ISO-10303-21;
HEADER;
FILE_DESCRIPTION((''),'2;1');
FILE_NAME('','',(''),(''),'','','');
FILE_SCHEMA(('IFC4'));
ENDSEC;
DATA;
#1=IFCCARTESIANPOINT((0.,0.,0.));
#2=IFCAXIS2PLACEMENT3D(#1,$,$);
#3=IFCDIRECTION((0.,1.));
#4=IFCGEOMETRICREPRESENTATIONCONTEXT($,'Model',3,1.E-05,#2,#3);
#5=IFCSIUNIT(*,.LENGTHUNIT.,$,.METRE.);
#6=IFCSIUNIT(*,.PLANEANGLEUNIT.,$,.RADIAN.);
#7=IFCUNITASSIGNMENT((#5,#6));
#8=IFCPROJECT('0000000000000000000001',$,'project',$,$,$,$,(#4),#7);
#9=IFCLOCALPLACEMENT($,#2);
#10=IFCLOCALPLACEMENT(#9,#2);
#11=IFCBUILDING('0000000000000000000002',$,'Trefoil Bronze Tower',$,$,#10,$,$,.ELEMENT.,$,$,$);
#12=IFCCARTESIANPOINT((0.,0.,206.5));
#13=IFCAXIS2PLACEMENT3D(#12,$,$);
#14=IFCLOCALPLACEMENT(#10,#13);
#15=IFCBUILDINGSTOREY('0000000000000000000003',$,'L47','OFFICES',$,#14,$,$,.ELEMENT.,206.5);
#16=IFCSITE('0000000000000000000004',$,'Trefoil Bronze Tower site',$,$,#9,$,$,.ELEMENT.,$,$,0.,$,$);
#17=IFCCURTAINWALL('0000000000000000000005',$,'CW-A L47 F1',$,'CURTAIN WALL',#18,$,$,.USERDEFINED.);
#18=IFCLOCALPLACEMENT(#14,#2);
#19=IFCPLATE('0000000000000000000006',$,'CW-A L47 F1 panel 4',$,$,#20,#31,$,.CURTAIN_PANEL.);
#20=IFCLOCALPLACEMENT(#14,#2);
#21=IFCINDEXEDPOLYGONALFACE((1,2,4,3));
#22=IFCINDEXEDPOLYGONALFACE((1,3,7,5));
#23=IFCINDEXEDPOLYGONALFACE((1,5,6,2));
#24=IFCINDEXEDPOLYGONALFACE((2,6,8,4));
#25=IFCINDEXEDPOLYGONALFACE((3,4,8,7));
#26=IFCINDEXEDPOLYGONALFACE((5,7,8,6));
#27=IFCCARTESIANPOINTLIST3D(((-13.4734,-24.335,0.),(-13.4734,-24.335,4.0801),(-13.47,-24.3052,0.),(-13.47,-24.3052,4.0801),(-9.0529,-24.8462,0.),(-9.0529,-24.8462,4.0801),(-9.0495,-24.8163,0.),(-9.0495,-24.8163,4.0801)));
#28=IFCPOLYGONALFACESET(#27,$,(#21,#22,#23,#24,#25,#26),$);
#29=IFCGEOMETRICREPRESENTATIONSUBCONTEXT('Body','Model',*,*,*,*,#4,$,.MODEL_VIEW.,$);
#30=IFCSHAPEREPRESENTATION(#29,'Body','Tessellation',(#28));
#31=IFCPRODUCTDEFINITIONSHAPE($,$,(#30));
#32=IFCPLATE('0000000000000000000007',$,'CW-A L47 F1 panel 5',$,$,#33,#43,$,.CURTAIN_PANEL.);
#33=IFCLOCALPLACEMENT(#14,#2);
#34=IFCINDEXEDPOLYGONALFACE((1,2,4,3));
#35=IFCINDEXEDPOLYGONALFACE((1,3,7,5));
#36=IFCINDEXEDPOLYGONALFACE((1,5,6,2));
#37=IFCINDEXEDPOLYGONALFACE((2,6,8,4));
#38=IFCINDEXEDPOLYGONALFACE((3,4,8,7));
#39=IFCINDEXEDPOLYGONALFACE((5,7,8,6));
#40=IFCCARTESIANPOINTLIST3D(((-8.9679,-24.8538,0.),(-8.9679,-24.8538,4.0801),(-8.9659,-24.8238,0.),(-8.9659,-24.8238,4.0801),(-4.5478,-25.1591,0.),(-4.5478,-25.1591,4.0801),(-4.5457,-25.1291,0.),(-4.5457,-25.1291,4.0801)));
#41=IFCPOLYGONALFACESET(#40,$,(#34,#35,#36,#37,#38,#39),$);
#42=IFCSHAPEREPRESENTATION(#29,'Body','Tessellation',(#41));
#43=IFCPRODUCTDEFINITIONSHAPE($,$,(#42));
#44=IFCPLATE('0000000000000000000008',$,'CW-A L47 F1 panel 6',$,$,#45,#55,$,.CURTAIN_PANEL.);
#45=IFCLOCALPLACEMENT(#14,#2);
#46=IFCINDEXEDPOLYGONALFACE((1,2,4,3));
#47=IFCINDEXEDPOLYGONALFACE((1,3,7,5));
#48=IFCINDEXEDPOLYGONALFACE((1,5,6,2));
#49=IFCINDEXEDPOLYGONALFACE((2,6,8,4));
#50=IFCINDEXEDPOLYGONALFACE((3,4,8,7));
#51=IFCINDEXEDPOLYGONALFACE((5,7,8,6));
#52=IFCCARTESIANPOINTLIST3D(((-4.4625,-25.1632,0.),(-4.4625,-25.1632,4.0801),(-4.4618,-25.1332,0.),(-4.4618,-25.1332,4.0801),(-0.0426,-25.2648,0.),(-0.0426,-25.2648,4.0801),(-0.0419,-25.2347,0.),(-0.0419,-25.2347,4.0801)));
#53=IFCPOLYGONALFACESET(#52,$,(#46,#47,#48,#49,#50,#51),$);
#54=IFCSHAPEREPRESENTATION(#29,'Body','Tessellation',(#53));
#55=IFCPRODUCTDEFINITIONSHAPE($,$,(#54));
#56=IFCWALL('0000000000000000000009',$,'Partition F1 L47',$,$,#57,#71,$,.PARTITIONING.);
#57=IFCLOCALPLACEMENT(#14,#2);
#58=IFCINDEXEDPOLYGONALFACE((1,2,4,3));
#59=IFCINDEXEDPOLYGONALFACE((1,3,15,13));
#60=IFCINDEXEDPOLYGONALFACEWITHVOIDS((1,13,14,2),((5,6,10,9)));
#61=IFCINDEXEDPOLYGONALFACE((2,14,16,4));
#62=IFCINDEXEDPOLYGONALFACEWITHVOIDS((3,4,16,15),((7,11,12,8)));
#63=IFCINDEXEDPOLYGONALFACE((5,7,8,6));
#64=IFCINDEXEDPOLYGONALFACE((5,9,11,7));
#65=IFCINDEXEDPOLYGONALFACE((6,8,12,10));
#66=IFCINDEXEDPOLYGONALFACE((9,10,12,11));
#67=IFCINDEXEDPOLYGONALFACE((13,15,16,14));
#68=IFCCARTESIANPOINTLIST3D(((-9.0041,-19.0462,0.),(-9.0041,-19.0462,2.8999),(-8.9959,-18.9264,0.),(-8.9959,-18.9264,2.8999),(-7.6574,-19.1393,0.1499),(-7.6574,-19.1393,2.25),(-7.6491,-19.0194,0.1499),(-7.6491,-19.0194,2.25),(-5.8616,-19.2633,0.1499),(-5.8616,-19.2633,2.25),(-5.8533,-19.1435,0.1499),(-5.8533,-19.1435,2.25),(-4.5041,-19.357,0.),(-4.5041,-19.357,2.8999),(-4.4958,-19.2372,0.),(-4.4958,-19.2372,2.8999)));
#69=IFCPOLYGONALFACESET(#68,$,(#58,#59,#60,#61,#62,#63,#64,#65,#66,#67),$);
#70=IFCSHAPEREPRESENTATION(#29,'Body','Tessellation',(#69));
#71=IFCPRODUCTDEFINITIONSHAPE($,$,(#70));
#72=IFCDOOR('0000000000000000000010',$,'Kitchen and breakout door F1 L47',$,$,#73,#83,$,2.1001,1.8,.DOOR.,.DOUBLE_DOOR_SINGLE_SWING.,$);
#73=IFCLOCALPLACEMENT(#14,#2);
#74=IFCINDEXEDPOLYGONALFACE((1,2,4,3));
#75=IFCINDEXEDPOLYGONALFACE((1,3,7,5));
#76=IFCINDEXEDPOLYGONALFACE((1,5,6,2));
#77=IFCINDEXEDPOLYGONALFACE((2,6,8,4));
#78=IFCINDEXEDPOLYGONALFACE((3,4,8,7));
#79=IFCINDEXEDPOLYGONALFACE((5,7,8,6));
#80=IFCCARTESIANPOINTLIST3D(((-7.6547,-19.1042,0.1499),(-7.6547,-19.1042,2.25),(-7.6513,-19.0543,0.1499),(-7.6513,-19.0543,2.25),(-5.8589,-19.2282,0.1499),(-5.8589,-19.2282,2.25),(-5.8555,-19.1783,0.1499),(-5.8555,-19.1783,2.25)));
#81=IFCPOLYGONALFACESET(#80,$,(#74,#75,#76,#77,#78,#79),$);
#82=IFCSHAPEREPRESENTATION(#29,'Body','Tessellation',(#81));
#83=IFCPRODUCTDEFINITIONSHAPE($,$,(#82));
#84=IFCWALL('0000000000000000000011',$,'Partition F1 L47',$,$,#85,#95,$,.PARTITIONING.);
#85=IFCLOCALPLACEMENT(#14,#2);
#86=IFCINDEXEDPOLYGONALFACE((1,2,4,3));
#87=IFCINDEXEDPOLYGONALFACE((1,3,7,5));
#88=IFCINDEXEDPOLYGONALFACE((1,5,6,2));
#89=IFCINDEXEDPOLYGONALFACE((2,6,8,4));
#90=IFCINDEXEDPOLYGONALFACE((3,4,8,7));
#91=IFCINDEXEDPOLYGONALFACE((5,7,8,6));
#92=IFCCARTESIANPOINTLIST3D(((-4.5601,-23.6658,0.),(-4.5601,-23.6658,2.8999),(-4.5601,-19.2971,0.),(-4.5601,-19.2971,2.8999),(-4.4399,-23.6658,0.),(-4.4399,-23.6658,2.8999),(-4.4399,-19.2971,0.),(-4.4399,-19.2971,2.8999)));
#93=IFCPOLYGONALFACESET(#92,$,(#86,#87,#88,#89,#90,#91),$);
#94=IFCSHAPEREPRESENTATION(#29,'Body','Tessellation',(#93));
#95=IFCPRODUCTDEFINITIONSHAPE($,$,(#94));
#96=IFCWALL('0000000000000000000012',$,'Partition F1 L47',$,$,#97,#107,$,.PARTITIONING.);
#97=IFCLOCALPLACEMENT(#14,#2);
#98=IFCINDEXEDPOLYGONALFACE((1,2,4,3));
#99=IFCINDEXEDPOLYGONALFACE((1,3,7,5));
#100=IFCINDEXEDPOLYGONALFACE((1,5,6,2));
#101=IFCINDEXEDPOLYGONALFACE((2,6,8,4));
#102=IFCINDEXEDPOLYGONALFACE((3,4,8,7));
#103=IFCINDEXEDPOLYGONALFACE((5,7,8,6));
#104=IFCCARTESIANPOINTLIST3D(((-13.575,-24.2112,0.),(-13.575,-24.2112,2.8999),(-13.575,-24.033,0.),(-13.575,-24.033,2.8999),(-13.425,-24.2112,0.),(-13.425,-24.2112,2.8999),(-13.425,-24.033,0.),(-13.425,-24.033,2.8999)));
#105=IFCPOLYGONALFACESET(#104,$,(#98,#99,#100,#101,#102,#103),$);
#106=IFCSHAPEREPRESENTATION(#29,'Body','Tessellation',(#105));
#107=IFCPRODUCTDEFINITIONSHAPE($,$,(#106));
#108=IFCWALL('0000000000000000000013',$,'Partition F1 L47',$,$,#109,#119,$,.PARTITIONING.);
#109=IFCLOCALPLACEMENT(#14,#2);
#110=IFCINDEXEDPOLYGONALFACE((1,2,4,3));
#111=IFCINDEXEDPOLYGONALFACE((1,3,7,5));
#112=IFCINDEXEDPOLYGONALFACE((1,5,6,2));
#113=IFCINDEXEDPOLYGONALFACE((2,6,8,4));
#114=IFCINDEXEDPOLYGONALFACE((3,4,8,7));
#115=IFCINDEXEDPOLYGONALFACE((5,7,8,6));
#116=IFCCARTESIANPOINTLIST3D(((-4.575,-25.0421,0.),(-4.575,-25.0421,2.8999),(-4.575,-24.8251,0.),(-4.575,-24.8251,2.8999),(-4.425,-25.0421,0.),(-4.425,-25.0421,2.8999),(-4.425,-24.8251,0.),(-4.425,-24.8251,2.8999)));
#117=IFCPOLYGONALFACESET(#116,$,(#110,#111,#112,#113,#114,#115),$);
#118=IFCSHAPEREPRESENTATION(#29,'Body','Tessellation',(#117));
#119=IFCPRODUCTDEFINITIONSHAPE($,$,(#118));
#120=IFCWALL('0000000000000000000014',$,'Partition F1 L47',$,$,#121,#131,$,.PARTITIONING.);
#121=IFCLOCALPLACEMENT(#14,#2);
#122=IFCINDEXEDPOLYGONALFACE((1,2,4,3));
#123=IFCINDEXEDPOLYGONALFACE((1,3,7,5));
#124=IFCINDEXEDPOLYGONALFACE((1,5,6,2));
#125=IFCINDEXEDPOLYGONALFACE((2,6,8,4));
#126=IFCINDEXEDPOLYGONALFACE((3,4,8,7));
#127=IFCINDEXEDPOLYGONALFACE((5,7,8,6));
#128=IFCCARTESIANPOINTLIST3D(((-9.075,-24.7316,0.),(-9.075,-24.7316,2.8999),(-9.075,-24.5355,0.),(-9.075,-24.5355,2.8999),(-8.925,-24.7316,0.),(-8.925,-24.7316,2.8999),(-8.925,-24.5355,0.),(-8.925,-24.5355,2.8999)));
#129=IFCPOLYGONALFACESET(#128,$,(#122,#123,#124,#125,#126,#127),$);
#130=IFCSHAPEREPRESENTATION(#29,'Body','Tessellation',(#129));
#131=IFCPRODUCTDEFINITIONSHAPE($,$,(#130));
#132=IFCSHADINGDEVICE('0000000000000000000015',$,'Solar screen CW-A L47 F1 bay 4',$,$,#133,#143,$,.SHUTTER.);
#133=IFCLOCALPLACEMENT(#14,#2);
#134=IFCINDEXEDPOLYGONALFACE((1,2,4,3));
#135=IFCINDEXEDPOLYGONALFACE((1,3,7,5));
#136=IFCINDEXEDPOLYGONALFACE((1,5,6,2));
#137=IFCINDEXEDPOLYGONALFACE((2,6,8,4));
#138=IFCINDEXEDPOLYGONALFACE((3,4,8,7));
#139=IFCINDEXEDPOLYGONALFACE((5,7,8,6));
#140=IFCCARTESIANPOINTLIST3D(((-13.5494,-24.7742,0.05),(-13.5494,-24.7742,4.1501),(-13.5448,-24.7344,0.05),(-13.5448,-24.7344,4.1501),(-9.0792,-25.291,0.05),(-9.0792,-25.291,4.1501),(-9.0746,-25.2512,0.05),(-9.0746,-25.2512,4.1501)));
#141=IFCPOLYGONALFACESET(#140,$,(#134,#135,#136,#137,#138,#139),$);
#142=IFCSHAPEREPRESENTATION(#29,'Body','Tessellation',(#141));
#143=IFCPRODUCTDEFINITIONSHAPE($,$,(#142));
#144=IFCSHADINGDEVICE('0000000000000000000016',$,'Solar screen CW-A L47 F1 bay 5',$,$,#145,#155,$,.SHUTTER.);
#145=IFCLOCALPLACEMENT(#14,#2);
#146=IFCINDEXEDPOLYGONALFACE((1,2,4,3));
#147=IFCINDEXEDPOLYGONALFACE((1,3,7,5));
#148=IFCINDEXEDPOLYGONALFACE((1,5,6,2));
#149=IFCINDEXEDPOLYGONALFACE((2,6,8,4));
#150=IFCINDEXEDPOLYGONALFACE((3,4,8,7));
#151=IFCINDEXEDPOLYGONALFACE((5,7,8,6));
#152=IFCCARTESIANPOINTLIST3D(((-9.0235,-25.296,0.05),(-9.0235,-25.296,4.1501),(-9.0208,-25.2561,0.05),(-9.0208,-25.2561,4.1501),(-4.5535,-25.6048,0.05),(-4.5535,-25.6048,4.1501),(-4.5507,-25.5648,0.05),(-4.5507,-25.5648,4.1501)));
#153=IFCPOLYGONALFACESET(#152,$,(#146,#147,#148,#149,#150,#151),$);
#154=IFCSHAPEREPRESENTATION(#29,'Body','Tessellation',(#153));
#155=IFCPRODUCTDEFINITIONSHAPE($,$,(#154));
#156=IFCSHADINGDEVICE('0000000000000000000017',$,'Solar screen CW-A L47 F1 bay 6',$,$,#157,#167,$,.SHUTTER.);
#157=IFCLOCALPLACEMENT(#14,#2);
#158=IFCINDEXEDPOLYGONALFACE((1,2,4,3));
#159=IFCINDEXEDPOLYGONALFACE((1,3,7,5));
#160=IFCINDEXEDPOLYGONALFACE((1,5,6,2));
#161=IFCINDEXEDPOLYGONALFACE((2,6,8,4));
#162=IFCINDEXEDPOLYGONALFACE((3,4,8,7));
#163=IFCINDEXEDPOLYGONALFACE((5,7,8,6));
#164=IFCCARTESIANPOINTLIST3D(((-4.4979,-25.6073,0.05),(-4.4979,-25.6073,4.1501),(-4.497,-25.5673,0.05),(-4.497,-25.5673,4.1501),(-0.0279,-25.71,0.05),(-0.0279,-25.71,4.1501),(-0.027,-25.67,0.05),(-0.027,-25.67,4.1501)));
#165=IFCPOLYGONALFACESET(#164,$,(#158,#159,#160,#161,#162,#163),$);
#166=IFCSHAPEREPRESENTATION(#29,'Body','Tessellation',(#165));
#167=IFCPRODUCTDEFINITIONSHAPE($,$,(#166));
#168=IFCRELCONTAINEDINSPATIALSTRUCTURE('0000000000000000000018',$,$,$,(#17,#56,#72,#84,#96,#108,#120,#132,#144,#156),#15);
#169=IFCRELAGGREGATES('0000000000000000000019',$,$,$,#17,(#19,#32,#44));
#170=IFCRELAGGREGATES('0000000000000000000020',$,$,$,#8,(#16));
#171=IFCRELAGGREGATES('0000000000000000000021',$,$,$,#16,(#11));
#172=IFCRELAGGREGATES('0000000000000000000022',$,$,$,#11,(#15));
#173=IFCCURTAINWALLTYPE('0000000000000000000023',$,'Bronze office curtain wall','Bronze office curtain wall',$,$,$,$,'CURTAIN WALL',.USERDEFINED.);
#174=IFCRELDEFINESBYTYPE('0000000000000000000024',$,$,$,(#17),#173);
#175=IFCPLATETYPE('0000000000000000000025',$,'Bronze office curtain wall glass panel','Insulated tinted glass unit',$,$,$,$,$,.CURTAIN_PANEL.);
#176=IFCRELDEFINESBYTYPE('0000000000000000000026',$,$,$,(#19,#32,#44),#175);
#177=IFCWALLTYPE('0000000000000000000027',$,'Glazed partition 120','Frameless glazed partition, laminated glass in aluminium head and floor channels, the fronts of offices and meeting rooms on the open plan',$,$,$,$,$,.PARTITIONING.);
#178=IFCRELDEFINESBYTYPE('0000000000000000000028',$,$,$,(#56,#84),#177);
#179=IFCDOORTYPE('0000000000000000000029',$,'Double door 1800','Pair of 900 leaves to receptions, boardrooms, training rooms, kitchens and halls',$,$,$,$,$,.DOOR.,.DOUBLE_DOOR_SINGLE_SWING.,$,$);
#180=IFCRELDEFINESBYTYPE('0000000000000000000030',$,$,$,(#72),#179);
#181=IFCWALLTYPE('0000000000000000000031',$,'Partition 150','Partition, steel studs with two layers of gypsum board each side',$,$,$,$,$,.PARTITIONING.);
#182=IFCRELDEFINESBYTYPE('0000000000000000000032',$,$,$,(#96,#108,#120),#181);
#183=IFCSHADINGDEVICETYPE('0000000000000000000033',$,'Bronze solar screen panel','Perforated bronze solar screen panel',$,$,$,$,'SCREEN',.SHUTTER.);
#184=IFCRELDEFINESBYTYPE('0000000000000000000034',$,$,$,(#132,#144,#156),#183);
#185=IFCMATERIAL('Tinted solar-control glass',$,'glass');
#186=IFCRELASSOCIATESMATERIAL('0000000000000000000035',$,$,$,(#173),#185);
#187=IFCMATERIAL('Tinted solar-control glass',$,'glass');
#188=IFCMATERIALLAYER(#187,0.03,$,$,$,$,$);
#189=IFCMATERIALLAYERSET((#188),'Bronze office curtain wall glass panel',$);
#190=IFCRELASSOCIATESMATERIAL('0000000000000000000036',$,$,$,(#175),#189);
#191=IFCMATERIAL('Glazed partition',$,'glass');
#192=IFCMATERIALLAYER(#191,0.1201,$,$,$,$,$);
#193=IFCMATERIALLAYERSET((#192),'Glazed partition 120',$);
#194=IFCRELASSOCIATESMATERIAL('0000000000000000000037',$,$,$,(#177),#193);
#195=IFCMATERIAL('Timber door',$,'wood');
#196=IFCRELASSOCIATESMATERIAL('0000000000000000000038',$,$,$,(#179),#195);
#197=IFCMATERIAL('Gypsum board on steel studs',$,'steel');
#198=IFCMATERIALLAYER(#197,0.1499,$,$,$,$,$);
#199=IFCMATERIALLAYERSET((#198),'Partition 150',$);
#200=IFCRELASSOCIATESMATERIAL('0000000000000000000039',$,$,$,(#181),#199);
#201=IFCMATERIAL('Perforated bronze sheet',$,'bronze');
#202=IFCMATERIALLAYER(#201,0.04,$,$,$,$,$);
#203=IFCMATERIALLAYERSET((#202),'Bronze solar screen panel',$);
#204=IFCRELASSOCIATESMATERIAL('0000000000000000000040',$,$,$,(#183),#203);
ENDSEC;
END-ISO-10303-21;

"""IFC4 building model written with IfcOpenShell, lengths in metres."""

from ifc_helpers import new_model, si_unit, direction, frame, frame_2d, origin, origin_2d, place, context, subcontext, project, spatial, rectangle, extrude, material, layer, layer_set, type_object, element, fill, aggregate, save


model = new_model("IFC4")

# Units and contexts
model_context = context("Model", 3, precision=1e-05, world=origin(), true_north=direction((0.0, 1.0)))
body_context = subcontext(model_context, "Body", "Model", "MODEL_VIEW")
ifc_project = project(units=[si_unit("LENGTHUNIT", "METRE"), si_unit("PLANEANGLEUNIT", "RADIAN")], contexts=[model_context])

# Site, building, storey
site_placement = place(None, origin())
site = spatial("IfcSite", under=ifc_project, at=site_placement, Name="Trefoil Bronze Tower site", CompositionType="ELEMENT", RefElevation=0.0)
building_placement = place(site_placement, origin())
building = spatial("IfcBuilding", under=site, at=building_placement, Name="Trefoil Bronze Tower", CompositionType="ELEMENT")
storey_placement = place(building_placement, frame((0.0, 0.0, 206.5)))
storey = spatial("IfcBuildingStorey", under=building, at=storey_placement, Name="L47", Description="OFFICES", CompositionType="ELEMENT", Elevation=206.5)

# Curtain wall
ifc_material_1 = material(Name="Tinted solar-control glass", Category="glass")
curtain_wall_type = type_object("IfcCurtainWallType", Name="Bronze office curtain wall", Description="Bronze office curtain wall", ElementType="CURTAIN WALL", PredefinedType="USERDEFINED", material=ifc_material_1)
curtain_wall_placement = place(storey_placement, origin())
curtain_wall = element("IfcCurtainWall", 1, at=curtain_wall_placement, inside=storey, type_object=curtain_wall_type, Name="CW-A L47 F1", ObjectType="CURTAIN WALL", PredefinedType="USERDEFINED")

# Plates
ifc_material_2 = material(Name="Tinted solar-control glass", Category="glass")
ifc_layer_1 = layer(ifc_material_2, 0.03)
ifc_layer_set_1 = layer_set([ifc_layer_1], Name="Bronze office curtain wall glass panel")
plate_type = type_object("IfcPlateType", Name="Bronze office curtain wall glass panel", Description="Insulated tinted glass unit", PredefinedType="CURTAIN_PANEL", material=ifc_layer_set_1)
plate_1_placement = place(storey_placement, frame((-11.2615, -24.5757, 0.0), z_axis=(0.0, 0.0, 1.0), x_axis=(0.993382, -0.114859, 0.0)))
plate_1 = element("IfcPlate", 2, at=plate_1_placement, type_object=plate_type, Name="CW-A L47 F1 panel 4", PredefinedType="CURTAIN_PANEL", context=body_context, shape_type="SweptSolid", body=[
    extrude(rectangle(XDim=4.45, YDim=0.03, at=origin_2d()), origin(), (0.0, 0.0, 1.0), 4.0801),
])
plate_2_placement = place(storey_placement, frame((-6.7568, -24.9915, 0.0), z_axis=(0.0, 0.0, 1.0), x_axis=(0.997623, -0.068915, 0.0)))
plate_2 = element("IfcPlate", 3, at=plate_2_placement, type_object=plate_type, Name="CW-A L47 F1 panel 5", PredefinedType="CURTAIN_PANEL", context=body_context, shape_type="SweptSolid", body=[
    extrude(rectangle(XDim=4.4307, YDim=0.03, at=origin_2d()), origin(), (0.0, 0.0, 1.0), 4.0801),
])
plate_3_placement = place(storey_placement, frame((-2.2522, -25.199, 0.0), z_axis=(0.0, 0.0, 1.0), x_axis=(0.999736, -0.022972, 0.0)))
plate_3 = element("IfcPlate", 4, at=plate_3_placement, type_object=plate_type, Name="CW-A L47 F1 panel 6", PredefinedType="CURTAIN_PANEL", context=body_context, shape_type="SweptSolid", body=[
    extrude(rectangle(XDim=4.4211, YDim=0.03, at=origin_2d()), origin(), (0.0, 0.0, 1.0), 4.0801),
])
aggregate(curtain_wall, [plate_1, plate_2, plate_3])

# Wall, opening, door
ifc_material_3 = material(Name="Glazed partition", Category="glass")
ifc_layer_2 = layer(ifc_material_3, 0.1201)
ifc_layer_set_2 = layer_set([ifc_layer_2], Name="Glazed partition 120")
wall_type_1 = type_object("IfcWallType", Name="Glazed partition 120", Description="Frameless glazed partition, laminated glass in aluminium head and floor channels, the fronts of offices and meeting rooms on the open plan", PredefinedType="PARTITIONING", material=ifc_layer_set_2)
wall_1_placement = place(storey_placement, frame((-9.0, -18.9863, 0.0), z_axis=(0.0, 0.0, 1.0), x_axis=(0.997624, -0.068901, 0.0)))
wall_1 = element("IfcWall", 5, at=wall_1_placement, inside=storey, type_object=wall_type_1, Name="Partition F1 L47", PredefinedType="PARTITIONING", context=body_context, shape_type="SweptSolid", body=[
    extrude(rectangle(XDim=4.5107, YDim=0.1201, at=frame_2d((2.2554, 0.0))), origin(), (0.0, 0.0, 1.0), 2.8999),
])
opening_placement = place(wall_1_placement, frame((1.3501, 0.0, 0.1499)))
opening = element("IfcOpeningElement", 6, at=opening_placement, cuts=wall_1, PredefinedType="OPENING", context=body_context, shape_type="SweptSolid", body=[
    extrude(rectangle(XDim=1.8, YDim=2.1001, at=frame_2d((0.8999, 1.05))), frame((0.0, 0.0701, 0.0), z_axis=(0.0, -1.0, 0.0), x_axis=(1.0, 0.0, 0.0)), (0.0, 0.0, 1.0), 0.1401),
])
ifc_material_4 = material(Name="Timber door", Category="wood")
door_type = type_object("IfcDoorType", Name="Double door 1800", Description="Pair of 900 leaves to receptions, boardrooms, training rooms, kitchens and halls", OperationType="DOUBLE_DOOR_SINGLE_SWING", PredefinedType="DOOR", material=ifc_material_4)
door_placement = place(opening_placement, frame((1.8, 0.0, 0.0), z_axis=(0.0, 0.0, 1.0), x_axis=(-1.0, 0.0, 0.0)))
door = element("IfcDoor", 7, at=door_placement, inside=storey, type_object=door_type, Name="Kitchen and breakout door F1 L47", OperationType="DOUBLE_DOOR_SINGLE_SWING", OverallHeight=2.1001, OverallWidth=1.8, PredefinedType="DOOR", context=body_context, shape_type="SweptSolid", body=[
    extrude(rectangle(XDim=1.8, YDim=2.1001, at=frame_2d((0.8999, 1.05))), frame((0.0, 0.0249, 0.0), z_axis=(0.0, -1.0, 0.0), x_axis=(1.0, 0.0, 0.0)), (0.0, 0.0, 1.0), 0.05),
])
fill(opening, door)

# Walls
wall_2_placement = place(storey_placement, frame((-4.5, -19.2971, 0.0), z_axis=(0.0, 0.0, 1.0), x_axis=(0.0, -1.0, 0.0)))
element("IfcWall", 8, at=wall_2_placement, inside=storey, type_object=wall_type_1, Name="Partition F1 L47", PredefinedType="PARTITIONING", context=body_context, shape_type="SweptSolid", body=[
    extrude(rectangle(XDim=4.3687, YDim=0.1201, at=frame_2d((2.1843, 0.0))), origin(), (0.0, 0.0, 1.0), 2.8999),
])
ifc_material_5 = material(Name="Gypsum board on steel studs", Category="steel")
ifc_layer_3 = layer(ifc_material_5, 0.1499)
ifc_layer_set_3 = layer_set([ifc_layer_3], Name="Partition 150")
wall_type_2 = type_object("IfcWallType", Name="Partition 150", Description="Partition, steel studs with two layers of gypsum board each side", PredefinedType="PARTITIONING", material=ifc_layer_set_3)
wall_3_placement = place(storey_placement, frame((-13.5, -24.033, 0.0), z_axis=(0.0, 0.0, 1.0), x_axis=(0.0, -1.0, 0.0)))
element("IfcWall", 9, at=wall_3_placement, inside=storey, type_object=wall_type_2, Name="Partition F1 L47", PredefinedType="PARTITIONING", context=body_context, shape_type="SweptSolid", body=[
    extrude(rectangle(XDim=0.1782, YDim=0.1499, at=frame_2d((0.0891, 0.0))), origin(), (0.0, 0.0, 1.0), 2.8999),
])
wall_4_placement = place(storey_placement, frame((-4.5, -24.8252, 0.0), z_axis=(0.0, 0.0, 1.0), x_axis=(0.0, -1.0, 0.0)))
element("IfcWall", 10, at=wall_4_placement, inside=storey, type_object=wall_type_2, Name="Partition F1 L47", PredefinedType="PARTITIONING", context=body_context, shape_type="SweptSolid", body=[
    extrude(rectangle(XDim=0.217, YDim=0.1499, at=frame_2d((0.1084, 0.0))), origin(), (0.0, 0.0, 1.0), 2.8999),
])
wall_5_placement = place(storey_placement, frame((-9.0, -24.5354, 0.0), z_axis=(0.0, 0.0, 1.0), x_axis=(0.0, -1.0, 0.0)))
element("IfcWall", 11, at=wall_5_placement, inside=storey, type_object=wall_type_2, Name="Partition F1 L47", PredefinedType="PARTITIONING", context=body_context, shape_type="SweptSolid", body=[
    extrude(rectangle(XDim=0.196, YDim=0.1499, at=frame_2d((0.0981, 0.0))), origin(), (0.0, 0.0, 1.0), 2.8999),
])

# Shading devices
ifc_material_6 = material(Name="Perforated bronze sheet", Category="bronze")
ifc_layer_4 = layer(ifc_material_6, 0.04)
ifc_layer_set_4 = layer_set([ifc_layer_4], Name="Bronze solar screen panel")
shading_device_type = type_object("IfcShadingDeviceType", Name="Bronze solar screen panel", Description="Perforated bronze solar screen panel", ElementType="SCREEN", PredefinedType="SHUTTER", material=ifc_layer_set_4)
shading_device_1_placement = place(storey_placement, frame((-11.312, -25.0127, 0.05), z_axis=(0.0, 0.0, 1.0), x_axis=(0.993382, -0.114859, 0.0)))
element("IfcShadingDevice", 12, at=shading_device_1_placement, inside=storey, type_object=shading_device_type, Name="Solar screen CW-A L47 F1 bay 4", PredefinedType="SHUTTER", context=body_context, shape_type="SweptSolid", body=[
    extrude(rectangle(XDim=4.5, YDim=0.04, at=origin_2d()), origin(), (0.0, 0.0, 1.0), 4.1001),
])
shading_device_2_placement = place(storey_placement, frame((-6.7871, -25.4304, 0.05), z_axis=(0.0, 0.0, 1.0), x_axis=(0.997623, -0.068915, 0.0)))
element("IfcShadingDevice", 13, at=shading_device_2_placement, inside=storey, type_object=shading_device_type, Name="Solar screen CW-A L47 F1 bay 5", PredefinedType="SHUTTER", context=body_context, shape_type="SweptSolid", body=[
    extrude(rectangle(XDim=4.4807, YDim=0.04, at=origin_2d()), origin(), (0.0, 0.0, 1.0), 4.1001),
])
shading_device_3_placement = place(storey_placement, frame((-2.2625, -25.6387, 0.05), z_axis=(0.0, 0.0, 1.0), x_axis=(0.999736, -0.022972, 0.0)))
element("IfcShadingDevice", 14, at=shading_device_3_placement, inside=storey, type_object=shading_device_type, Name="Solar screen CW-A L47 F1 bay 6", PredefinedType="SHUTTER", context=body_context, shape_type="SweptSolid", body=[
    extrude(rectangle(XDim=4.4712, YDim=0.04, at=origin_2d()), origin(), (0.0, 0.0, 1.0), 4.1001),
])

save(model, "model.ifc")
